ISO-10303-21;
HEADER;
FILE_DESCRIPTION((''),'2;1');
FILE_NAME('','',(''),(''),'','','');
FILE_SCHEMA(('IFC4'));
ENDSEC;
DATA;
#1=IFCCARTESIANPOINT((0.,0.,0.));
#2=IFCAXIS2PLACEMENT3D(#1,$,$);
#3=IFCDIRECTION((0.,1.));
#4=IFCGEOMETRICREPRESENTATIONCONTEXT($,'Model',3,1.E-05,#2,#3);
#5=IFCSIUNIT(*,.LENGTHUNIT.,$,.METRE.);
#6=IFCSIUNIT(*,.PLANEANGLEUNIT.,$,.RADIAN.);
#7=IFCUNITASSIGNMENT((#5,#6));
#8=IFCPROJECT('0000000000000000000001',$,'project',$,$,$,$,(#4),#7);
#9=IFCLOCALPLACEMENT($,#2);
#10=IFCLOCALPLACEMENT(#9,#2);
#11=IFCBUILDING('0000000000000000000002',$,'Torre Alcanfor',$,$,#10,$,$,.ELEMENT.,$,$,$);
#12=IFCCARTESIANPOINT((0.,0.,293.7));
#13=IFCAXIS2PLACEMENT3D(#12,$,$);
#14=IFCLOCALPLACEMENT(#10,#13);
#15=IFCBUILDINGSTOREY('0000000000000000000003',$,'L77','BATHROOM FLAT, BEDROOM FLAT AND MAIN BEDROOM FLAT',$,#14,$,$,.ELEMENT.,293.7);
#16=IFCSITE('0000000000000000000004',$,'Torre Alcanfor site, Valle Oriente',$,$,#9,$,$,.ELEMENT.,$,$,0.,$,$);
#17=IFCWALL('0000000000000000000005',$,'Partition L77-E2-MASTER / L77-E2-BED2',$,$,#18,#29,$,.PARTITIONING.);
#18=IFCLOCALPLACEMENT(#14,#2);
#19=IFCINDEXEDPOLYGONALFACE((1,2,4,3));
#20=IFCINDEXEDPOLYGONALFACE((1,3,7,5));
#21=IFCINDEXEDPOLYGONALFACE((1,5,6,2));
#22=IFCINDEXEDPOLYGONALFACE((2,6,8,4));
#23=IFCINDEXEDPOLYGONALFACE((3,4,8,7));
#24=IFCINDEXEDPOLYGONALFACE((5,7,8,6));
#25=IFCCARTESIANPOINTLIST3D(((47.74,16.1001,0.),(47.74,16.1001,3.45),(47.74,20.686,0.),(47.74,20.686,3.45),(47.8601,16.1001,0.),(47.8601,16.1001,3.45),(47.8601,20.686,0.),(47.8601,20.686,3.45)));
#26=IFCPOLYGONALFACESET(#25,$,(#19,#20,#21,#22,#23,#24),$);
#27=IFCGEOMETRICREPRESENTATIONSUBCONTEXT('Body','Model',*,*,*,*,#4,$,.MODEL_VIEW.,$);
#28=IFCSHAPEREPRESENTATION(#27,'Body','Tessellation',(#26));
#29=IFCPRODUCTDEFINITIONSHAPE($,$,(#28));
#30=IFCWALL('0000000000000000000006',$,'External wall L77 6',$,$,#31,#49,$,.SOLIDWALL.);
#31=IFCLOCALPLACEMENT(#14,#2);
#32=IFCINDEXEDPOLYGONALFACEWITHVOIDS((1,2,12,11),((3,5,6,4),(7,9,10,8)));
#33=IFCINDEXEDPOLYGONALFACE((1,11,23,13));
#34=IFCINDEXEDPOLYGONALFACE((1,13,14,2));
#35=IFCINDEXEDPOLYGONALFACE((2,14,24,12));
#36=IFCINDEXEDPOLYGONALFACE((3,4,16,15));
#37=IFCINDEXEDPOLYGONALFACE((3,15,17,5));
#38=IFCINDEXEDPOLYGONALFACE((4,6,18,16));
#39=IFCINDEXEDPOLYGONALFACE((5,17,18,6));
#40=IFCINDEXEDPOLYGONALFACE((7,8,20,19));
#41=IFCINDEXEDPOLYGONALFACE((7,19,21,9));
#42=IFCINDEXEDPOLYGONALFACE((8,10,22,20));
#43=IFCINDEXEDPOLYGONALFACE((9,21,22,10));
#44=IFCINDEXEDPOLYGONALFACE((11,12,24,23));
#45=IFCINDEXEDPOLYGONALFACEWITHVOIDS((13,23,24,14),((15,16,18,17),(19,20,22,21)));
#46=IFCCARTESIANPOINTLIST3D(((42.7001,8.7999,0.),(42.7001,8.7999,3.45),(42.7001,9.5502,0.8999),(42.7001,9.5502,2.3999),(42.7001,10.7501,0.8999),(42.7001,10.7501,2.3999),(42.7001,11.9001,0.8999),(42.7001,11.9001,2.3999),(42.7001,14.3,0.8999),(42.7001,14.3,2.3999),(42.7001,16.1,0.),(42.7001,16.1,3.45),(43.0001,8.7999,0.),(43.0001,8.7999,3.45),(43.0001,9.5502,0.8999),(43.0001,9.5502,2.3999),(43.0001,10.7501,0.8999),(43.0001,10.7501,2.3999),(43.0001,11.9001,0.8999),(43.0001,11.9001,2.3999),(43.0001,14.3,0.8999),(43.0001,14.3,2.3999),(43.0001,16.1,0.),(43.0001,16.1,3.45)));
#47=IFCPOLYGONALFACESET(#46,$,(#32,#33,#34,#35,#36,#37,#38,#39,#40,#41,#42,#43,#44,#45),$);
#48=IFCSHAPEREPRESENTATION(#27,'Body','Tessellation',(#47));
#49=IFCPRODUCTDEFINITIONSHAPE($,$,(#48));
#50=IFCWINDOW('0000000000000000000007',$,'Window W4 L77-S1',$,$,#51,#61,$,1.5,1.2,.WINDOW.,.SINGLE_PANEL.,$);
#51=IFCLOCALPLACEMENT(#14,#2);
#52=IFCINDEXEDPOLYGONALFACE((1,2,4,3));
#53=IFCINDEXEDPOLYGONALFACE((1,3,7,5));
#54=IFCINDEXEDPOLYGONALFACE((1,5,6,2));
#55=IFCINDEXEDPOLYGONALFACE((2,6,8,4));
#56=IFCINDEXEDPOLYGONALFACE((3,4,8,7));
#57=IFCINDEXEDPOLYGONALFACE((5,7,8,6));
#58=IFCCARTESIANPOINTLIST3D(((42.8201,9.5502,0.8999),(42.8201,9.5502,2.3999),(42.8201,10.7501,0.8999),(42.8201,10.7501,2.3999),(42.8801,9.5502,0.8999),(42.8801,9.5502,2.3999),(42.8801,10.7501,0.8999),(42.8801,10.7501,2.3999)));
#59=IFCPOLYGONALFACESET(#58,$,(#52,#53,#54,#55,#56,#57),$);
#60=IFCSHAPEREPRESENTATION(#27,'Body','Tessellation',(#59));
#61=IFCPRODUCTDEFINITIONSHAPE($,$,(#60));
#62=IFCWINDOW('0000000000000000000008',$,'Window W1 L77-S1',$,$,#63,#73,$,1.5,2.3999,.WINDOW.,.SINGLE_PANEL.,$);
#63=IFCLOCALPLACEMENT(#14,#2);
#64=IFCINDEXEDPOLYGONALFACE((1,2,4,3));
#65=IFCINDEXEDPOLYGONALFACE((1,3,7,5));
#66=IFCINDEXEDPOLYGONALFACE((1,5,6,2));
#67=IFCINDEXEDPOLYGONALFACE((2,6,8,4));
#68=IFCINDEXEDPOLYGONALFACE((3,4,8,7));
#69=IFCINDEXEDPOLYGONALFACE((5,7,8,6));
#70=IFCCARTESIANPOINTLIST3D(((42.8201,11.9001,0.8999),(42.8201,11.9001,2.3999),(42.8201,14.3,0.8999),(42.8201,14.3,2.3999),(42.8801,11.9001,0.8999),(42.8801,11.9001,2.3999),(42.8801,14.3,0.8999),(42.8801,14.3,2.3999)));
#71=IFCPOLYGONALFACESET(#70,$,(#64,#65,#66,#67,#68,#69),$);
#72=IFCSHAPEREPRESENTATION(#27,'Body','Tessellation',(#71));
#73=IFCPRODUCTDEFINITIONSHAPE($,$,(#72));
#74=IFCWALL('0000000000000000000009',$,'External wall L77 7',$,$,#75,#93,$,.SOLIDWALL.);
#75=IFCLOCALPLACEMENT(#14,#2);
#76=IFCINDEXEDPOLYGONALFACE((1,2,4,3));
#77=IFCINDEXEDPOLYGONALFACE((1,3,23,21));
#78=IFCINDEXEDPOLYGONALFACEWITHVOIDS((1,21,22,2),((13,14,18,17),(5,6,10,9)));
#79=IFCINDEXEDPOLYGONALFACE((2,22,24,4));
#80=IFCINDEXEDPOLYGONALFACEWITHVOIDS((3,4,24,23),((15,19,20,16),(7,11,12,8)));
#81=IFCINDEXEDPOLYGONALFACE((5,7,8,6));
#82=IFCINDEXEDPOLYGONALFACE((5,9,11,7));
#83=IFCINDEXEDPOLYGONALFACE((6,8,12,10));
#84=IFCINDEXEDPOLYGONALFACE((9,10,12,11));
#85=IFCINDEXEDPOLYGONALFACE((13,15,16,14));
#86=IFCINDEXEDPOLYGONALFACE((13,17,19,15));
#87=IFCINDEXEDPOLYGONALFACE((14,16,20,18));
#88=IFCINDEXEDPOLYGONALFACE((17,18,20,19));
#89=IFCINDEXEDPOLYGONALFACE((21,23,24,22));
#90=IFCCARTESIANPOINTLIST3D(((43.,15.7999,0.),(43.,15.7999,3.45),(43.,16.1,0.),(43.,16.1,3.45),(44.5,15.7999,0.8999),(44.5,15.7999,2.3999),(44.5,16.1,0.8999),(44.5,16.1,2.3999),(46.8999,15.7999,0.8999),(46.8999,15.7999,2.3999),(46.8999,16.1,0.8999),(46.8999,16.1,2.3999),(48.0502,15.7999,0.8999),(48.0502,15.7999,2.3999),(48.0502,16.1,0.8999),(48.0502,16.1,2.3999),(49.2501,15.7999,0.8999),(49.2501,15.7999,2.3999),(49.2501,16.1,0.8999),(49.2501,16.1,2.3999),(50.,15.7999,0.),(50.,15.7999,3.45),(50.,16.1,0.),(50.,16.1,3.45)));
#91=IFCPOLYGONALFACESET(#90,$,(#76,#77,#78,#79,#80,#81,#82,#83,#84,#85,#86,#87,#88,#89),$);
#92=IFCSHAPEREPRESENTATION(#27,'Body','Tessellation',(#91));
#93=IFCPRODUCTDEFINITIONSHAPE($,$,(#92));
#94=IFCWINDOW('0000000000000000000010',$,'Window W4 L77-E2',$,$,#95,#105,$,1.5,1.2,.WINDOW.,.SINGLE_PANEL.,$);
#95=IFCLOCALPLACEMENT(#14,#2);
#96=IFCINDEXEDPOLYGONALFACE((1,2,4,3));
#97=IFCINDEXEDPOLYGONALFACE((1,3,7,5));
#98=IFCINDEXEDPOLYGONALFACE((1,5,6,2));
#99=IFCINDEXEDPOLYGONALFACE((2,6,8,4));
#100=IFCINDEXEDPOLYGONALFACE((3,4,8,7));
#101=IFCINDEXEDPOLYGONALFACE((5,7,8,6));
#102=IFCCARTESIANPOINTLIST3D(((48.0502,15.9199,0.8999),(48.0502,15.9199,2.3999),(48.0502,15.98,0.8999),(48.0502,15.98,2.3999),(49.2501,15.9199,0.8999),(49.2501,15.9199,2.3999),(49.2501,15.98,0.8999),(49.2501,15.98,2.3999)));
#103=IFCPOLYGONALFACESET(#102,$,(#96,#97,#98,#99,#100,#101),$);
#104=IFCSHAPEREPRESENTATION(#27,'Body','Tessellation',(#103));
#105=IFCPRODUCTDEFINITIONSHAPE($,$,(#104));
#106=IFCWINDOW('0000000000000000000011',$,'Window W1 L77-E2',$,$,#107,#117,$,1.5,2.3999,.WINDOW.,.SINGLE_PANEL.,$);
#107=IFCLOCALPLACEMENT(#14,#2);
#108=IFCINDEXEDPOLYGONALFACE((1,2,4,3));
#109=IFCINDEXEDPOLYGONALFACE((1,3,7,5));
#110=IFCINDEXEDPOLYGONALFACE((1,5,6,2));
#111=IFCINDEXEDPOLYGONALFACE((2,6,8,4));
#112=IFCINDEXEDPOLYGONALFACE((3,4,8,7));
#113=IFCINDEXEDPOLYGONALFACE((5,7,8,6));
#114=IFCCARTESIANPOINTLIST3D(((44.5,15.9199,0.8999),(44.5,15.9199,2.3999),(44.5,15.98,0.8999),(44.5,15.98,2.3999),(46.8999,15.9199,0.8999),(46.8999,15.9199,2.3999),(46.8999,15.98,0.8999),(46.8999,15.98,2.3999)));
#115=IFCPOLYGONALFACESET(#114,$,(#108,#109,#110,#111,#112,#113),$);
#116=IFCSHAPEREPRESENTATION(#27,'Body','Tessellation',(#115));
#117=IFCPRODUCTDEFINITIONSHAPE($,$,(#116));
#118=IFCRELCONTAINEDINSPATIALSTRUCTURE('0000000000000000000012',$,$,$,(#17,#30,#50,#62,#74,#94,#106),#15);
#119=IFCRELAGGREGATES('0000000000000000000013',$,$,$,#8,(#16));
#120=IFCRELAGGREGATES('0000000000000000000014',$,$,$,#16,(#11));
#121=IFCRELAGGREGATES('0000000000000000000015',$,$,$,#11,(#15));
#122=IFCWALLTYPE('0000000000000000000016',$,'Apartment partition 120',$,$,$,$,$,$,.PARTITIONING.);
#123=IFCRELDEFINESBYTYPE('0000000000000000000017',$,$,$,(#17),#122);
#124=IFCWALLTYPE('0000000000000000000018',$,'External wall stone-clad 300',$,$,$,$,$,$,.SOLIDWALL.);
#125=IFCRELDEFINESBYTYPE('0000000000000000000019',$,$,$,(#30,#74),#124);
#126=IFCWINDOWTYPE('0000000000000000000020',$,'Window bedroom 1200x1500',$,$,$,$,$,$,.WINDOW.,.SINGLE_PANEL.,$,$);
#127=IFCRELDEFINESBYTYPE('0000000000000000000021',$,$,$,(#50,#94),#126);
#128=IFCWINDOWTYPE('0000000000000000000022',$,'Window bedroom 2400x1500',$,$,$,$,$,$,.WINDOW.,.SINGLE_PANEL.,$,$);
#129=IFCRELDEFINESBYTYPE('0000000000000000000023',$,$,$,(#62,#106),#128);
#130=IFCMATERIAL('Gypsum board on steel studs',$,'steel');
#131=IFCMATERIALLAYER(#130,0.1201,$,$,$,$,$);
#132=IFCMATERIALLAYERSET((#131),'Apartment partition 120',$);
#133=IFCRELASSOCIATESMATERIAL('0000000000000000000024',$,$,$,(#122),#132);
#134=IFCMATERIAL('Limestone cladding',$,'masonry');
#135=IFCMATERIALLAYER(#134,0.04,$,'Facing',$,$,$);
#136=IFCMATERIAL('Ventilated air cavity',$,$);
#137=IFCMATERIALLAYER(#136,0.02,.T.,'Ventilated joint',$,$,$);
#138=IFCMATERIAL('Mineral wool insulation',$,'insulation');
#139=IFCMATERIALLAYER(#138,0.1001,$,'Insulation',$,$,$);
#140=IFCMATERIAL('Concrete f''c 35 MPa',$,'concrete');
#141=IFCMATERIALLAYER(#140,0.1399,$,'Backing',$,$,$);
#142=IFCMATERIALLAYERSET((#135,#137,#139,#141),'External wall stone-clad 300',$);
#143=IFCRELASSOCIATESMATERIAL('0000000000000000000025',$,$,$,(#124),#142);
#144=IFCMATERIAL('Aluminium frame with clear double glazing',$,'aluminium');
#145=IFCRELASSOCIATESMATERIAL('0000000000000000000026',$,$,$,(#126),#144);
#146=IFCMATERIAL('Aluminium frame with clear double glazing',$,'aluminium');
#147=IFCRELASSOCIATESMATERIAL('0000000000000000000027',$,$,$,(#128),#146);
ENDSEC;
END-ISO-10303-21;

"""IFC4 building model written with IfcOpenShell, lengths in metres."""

from ifc_helpers import new_model, si_unit, direction, frame, frame_2d, origin, place, context, subcontext, project, spatial, rectangle, extrude, material, layer, layer_set, type_object, element, fill, save


model = new_model("IFC4")

# Units and contexts
model_context = context("Model", 3, precision=1e-05, world=origin(), true_north=direction((0.0, 1.0)))
body_context = subcontext(model_context, "Body", "Model", "MODEL_VIEW")
ifc_project = project(units=[si_unit("LENGTHUNIT", "METRE"), si_unit("PLANEANGLEUNIT", "RADIAN")], contexts=[model_context])

# Site, building, storey
site_placement = place(None, origin())
site = spatial("IfcSite", under=ifc_project, at=site_placement, Name="Torre Alcanfor site, Valle Oriente", CompositionType="ELEMENT", RefElevation=0.0)
building_placement = place(site_placement, origin())
building = spatial("IfcBuilding", under=site, at=building_placement, Name="Torre Alcanfor", CompositionType="ELEMENT")
storey_placement = place(building_placement, frame((0.0, 0.0, 293.7)))
storey = spatial("IfcBuildingStorey", under=building, at=storey_placement, Name="L77", Description="BATHROOM FLAT, BEDROOM FLAT AND MAIN BEDROOM FLAT", CompositionType="ELEMENT", Elevation=293.7)

# Shared definitions
ifc_material_1 = material(Name="Gypsum board on steel studs", Category="steel")
ifc_layer_1 = layer(ifc_material_1, 0.1201)
ifc_layer_set_1 = layer_set([ifc_layer_1], Name="Apartment partition 120")
wall_type_1 = type_object("IfcWallType", Name="Apartment partition 120", PredefinedType="PARTITIONING", material=ifc_layer_set_1)

# Wall
wall_1_placement = place(storey_placement, frame((47.8, 20.686, 0.0), z_axis=(0.0, 0.0, 1.0), x_axis=(0.0, -1.0, 0.0)))
element("IfcWall", 1, at=wall_1_placement, inside=storey, type_object=wall_type_1, Name="Partition L77-E2-MASTER / L77-E2-BED2", PredefinedType="PARTITIONING", context=body_context, shape_type="SweptSolid", body=[
    extrude(rectangle(XDim=4.5859, YDim=0.1201, at=frame_2d((2.293, 0.0))), origin(), (0.0, 0.0, 1.0), 3.45),
])

# Walls, openings, windows
ifc_material_2 = material(Name="Limestone cladding", Category="masonry")
ifc_layer_2 = layer(ifc_material_2, 0.04, Name="Facing")
ifc_material_3 = material(Name="Ventilated air cavity")
ifc_layer_3 = layer(ifc_material_3, 0.02, ventilated=True, Name="Ventilated joint")
ifc_material_4 = material(Name="Mineral wool insulation", Category="insulation")
ifc_layer_4 = layer(ifc_material_4, 0.1001, Name="Insulation")
ifc_material_5 = material(Name="Concrete f'c 35 MPa", Category="concrete")
ifc_layer_5 = layer(ifc_material_5, 0.1399, Name="Backing")
ifc_layer_set_2 = layer_set([ifc_layer_2, ifc_layer_3, ifc_layer_4, ifc_layer_5], Name="External wall stone-clad 300")
wall_type_2 = type_object("IfcWallType", Name="External wall stone-clad 300", PredefinedType="SOLIDWALL", material=ifc_layer_set_2)
wall_2_placement = place(storey_placement, frame((42.8501, 8.8, 0.0), z_axis=(0.0, 0.0, 1.0), x_axis=(0.0, 1.0, 0.0)))
wall_2 = element("IfcWall", 2, at=wall_2_placement, inside=storey, type_object=wall_type_2, Name="External wall L77 6", PredefinedType="SOLIDWALL", context=body_context, shape_type="SweptSolid", body=[
    extrude(rectangle(XDim=7.3, YDim=0.3, at=frame_2d((3.6499, 0.0))), origin(), (0.0, 0.0, 1.0), 3.45),
])
opening_1_placement = place(wall_2_placement, frame((3.1001, 0.0, 0.8999)))
opening_1 = element("IfcOpeningElement", 3, at=opening_1_placement, cuts=wall_2, PredefinedType="OPENING", context=body_context, shape_type="SweptSolid", body=[
    extrude(rectangle(XDim=2.3999, YDim=1.5, at=frame_2d((1.2, 0.75))), frame((0.0, 0.1599, 0.0), z_axis=(0.0, -1.0, 0.0), x_axis=(1.0, 0.0, 0.0)), (0.0, 0.0, 1.0), 0.3201),
])
opening_2_placement = place(wall_2_placement, frame((0.75, 0.0, 0.8999)))
opening_2 = element("IfcOpeningElement", 4, at=opening_2_placement, cuts=wall_2, PredefinedType="OPENING", context=body_context, shape_type="SweptSolid", body=[
    extrude(rectangle(XDim=1.2, YDim=1.5, at=frame_2d((0.6001, 0.75))), frame((0.0, 0.1599, 0.0), z_axis=(0.0, -1.0, 0.0), x_axis=(1.0, 0.0, 0.0)), (0.0, 0.0, 1.0), 0.3201),
])
ifc_material_6 = material(Name="Aluminium frame with clear double glazing", Category="aluminium")
window_type_1 = type_object("IfcWindowType", Name="Window bedroom 1200x1500", PartitioningType="SINGLE_PANEL", PredefinedType="WINDOW", material=ifc_material_6)
window_1_placement = place(opening_2_placement, origin())
window_1 = element("IfcWindow", 5, at=window_1_placement, inside=storey, type_object=window_type_1, Name="Window W4 L77-S1", OverallHeight=1.5, OverallWidth=1.2, PartitioningType="SINGLE_PANEL", PredefinedType="WINDOW", context=body_context, shape_type="SweptSolid", body=[
    extrude(rectangle(XDim=1.2, YDim=1.5, at=frame_2d((0.6001, 0.75))), frame((0.0, 0.03, 0.0), z_axis=(0.0, -1.0, 0.0), x_axis=(1.0, 0.0, 0.0)), (0.0, 0.0, 1.0), 0.0601),
])
fill(opening_2, window_1)
ifc_material_7 = material(Name="Aluminium frame with clear double glazing", Category="aluminium")
window_type_2 = type_object("IfcWindowType", Name="Window bedroom 2400x1500", PartitioningType="SINGLE_PANEL", PredefinedType="WINDOW", material=ifc_material_7)
window_2_placement = place(opening_1_placement, origin())
window_2 = element("IfcWindow", 6, at=window_2_placement, inside=storey, type_object=window_type_2, Name="Window W1 L77-S1", OverallHeight=1.5, OverallWidth=2.3999, PartitioningType="SINGLE_PANEL", PredefinedType="WINDOW", context=body_context, shape_type="SweptSolid", body=[
    extrude(rectangle(XDim=2.3999, YDim=1.5, at=frame_2d((1.2, 0.75))), frame((0.0, 0.03, 0.0), z_axis=(0.0, -1.0, 0.0), x_axis=(1.0, 0.0, 0.0)), (0.0, 0.0, 1.0), 0.0601),
])
fill(opening_1, window_2)
wall_3_placement = place(storey_placement, frame((43.0, 15.95, 0.0), z_axis=(0.0, 0.0, 1.0), x_axis=(1.0, 0.0, 0.0)))
wall_3 = element("IfcWall", 7, at=wall_3_placement, inside=storey, type_object=wall_type_2, Name="External wall L77 7", PredefinedType="SOLIDWALL", context=body_context, shape_type="SweptSolid", body=[
    extrude(rectangle(XDim=7.0, YDim=0.3, at=frame_2d((3.5, 0.0))), origin(), (0.0, 0.0, 1.0), 3.45),
])
opening_3_placement = place(wall_3_placement, frame((1.5, 0.0, 0.8999)))
opening_3 = element("IfcOpeningElement", 8, at=opening_3_placement, cuts=wall_3, PredefinedType="OPENING", context=body_context, shape_type="SweptSolid", body=[
    extrude(rectangle(XDim=2.3999, YDim=1.5, at=frame_2d((1.2, 0.75))), frame((0.0, 0.1599, 0.0), z_axis=(0.0, -1.0, 0.0), x_axis=(1.0, 0.0, 0.0)), (0.0, 0.0, 1.0), 0.3201),
])
opening_4_placement = place(wall_3_placement, frame((5.05, 0.0, 0.8999)))
opening_4 = element("IfcOpeningElement", 9, at=opening_4_placement, cuts=wall_3, PredefinedType="OPENING", context=body_context, shape_type="SweptSolid", body=[
    extrude(rectangle(XDim=1.2, YDim=1.5, at=frame_2d((0.6001, 0.75))), frame((0.0, 0.1599, 0.0), z_axis=(0.0, -1.0, 0.0), x_axis=(1.0, 0.0, 0.0)), (0.0, 0.0, 1.0), 0.3201),
])
window_3_placement = place(opening_4_placement, origin())
window_3 = element("IfcWindow", 10, at=window_3_placement, inside=storey, type_object=window_type_1, Name="Window W4 L77-E2", OverallHeight=1.5, OverallWidth=1.2, PartitioningType="SINGLE_PANEL", PredefinedType="WINDOW", context=body_context, shape_type="SweptSolid", body=[
    extrude(rectangle(XDim=1.2, YDim=1.5, at=frame_2d((0.6001, 0.75))), frame((0.0, 0.03, 0.0), z_axis=(0.0, -1.0, 0.0), x_axis=(1.0, 0.0, 0.0)), (0.0, 0.0, 1.0), 0.0601),
])
fill(opening_4, window_3)
window_4_placement = place(opening_3_placement, origin())
window_4 = element("IfcWindow", 11, at=window_4_placement, inside=storey, type_object=window_type_2, Name="Window W1 L77-E2", OverallHeight=1.5, OverallWidth=2.3999, PartitioningType="SINGLE_PANEL", PredefinedType="WINDOW", context=body_context, shape_type="SweptSolid", body=[
    extrude(rectangle(XDim=2.3999, YDim=1.5, at=frame_2d((1.2, 0.75))), frame((0.0, 0.03, 0.0), z_axis=(0.0, -1.0, 0.0), x_axis=(1.0, 0.0, 0.0)), (0.0, 0.0, 1.0), 0.0601),
])
fill(opening_3, window_4)

save(model, "model.ifc")
